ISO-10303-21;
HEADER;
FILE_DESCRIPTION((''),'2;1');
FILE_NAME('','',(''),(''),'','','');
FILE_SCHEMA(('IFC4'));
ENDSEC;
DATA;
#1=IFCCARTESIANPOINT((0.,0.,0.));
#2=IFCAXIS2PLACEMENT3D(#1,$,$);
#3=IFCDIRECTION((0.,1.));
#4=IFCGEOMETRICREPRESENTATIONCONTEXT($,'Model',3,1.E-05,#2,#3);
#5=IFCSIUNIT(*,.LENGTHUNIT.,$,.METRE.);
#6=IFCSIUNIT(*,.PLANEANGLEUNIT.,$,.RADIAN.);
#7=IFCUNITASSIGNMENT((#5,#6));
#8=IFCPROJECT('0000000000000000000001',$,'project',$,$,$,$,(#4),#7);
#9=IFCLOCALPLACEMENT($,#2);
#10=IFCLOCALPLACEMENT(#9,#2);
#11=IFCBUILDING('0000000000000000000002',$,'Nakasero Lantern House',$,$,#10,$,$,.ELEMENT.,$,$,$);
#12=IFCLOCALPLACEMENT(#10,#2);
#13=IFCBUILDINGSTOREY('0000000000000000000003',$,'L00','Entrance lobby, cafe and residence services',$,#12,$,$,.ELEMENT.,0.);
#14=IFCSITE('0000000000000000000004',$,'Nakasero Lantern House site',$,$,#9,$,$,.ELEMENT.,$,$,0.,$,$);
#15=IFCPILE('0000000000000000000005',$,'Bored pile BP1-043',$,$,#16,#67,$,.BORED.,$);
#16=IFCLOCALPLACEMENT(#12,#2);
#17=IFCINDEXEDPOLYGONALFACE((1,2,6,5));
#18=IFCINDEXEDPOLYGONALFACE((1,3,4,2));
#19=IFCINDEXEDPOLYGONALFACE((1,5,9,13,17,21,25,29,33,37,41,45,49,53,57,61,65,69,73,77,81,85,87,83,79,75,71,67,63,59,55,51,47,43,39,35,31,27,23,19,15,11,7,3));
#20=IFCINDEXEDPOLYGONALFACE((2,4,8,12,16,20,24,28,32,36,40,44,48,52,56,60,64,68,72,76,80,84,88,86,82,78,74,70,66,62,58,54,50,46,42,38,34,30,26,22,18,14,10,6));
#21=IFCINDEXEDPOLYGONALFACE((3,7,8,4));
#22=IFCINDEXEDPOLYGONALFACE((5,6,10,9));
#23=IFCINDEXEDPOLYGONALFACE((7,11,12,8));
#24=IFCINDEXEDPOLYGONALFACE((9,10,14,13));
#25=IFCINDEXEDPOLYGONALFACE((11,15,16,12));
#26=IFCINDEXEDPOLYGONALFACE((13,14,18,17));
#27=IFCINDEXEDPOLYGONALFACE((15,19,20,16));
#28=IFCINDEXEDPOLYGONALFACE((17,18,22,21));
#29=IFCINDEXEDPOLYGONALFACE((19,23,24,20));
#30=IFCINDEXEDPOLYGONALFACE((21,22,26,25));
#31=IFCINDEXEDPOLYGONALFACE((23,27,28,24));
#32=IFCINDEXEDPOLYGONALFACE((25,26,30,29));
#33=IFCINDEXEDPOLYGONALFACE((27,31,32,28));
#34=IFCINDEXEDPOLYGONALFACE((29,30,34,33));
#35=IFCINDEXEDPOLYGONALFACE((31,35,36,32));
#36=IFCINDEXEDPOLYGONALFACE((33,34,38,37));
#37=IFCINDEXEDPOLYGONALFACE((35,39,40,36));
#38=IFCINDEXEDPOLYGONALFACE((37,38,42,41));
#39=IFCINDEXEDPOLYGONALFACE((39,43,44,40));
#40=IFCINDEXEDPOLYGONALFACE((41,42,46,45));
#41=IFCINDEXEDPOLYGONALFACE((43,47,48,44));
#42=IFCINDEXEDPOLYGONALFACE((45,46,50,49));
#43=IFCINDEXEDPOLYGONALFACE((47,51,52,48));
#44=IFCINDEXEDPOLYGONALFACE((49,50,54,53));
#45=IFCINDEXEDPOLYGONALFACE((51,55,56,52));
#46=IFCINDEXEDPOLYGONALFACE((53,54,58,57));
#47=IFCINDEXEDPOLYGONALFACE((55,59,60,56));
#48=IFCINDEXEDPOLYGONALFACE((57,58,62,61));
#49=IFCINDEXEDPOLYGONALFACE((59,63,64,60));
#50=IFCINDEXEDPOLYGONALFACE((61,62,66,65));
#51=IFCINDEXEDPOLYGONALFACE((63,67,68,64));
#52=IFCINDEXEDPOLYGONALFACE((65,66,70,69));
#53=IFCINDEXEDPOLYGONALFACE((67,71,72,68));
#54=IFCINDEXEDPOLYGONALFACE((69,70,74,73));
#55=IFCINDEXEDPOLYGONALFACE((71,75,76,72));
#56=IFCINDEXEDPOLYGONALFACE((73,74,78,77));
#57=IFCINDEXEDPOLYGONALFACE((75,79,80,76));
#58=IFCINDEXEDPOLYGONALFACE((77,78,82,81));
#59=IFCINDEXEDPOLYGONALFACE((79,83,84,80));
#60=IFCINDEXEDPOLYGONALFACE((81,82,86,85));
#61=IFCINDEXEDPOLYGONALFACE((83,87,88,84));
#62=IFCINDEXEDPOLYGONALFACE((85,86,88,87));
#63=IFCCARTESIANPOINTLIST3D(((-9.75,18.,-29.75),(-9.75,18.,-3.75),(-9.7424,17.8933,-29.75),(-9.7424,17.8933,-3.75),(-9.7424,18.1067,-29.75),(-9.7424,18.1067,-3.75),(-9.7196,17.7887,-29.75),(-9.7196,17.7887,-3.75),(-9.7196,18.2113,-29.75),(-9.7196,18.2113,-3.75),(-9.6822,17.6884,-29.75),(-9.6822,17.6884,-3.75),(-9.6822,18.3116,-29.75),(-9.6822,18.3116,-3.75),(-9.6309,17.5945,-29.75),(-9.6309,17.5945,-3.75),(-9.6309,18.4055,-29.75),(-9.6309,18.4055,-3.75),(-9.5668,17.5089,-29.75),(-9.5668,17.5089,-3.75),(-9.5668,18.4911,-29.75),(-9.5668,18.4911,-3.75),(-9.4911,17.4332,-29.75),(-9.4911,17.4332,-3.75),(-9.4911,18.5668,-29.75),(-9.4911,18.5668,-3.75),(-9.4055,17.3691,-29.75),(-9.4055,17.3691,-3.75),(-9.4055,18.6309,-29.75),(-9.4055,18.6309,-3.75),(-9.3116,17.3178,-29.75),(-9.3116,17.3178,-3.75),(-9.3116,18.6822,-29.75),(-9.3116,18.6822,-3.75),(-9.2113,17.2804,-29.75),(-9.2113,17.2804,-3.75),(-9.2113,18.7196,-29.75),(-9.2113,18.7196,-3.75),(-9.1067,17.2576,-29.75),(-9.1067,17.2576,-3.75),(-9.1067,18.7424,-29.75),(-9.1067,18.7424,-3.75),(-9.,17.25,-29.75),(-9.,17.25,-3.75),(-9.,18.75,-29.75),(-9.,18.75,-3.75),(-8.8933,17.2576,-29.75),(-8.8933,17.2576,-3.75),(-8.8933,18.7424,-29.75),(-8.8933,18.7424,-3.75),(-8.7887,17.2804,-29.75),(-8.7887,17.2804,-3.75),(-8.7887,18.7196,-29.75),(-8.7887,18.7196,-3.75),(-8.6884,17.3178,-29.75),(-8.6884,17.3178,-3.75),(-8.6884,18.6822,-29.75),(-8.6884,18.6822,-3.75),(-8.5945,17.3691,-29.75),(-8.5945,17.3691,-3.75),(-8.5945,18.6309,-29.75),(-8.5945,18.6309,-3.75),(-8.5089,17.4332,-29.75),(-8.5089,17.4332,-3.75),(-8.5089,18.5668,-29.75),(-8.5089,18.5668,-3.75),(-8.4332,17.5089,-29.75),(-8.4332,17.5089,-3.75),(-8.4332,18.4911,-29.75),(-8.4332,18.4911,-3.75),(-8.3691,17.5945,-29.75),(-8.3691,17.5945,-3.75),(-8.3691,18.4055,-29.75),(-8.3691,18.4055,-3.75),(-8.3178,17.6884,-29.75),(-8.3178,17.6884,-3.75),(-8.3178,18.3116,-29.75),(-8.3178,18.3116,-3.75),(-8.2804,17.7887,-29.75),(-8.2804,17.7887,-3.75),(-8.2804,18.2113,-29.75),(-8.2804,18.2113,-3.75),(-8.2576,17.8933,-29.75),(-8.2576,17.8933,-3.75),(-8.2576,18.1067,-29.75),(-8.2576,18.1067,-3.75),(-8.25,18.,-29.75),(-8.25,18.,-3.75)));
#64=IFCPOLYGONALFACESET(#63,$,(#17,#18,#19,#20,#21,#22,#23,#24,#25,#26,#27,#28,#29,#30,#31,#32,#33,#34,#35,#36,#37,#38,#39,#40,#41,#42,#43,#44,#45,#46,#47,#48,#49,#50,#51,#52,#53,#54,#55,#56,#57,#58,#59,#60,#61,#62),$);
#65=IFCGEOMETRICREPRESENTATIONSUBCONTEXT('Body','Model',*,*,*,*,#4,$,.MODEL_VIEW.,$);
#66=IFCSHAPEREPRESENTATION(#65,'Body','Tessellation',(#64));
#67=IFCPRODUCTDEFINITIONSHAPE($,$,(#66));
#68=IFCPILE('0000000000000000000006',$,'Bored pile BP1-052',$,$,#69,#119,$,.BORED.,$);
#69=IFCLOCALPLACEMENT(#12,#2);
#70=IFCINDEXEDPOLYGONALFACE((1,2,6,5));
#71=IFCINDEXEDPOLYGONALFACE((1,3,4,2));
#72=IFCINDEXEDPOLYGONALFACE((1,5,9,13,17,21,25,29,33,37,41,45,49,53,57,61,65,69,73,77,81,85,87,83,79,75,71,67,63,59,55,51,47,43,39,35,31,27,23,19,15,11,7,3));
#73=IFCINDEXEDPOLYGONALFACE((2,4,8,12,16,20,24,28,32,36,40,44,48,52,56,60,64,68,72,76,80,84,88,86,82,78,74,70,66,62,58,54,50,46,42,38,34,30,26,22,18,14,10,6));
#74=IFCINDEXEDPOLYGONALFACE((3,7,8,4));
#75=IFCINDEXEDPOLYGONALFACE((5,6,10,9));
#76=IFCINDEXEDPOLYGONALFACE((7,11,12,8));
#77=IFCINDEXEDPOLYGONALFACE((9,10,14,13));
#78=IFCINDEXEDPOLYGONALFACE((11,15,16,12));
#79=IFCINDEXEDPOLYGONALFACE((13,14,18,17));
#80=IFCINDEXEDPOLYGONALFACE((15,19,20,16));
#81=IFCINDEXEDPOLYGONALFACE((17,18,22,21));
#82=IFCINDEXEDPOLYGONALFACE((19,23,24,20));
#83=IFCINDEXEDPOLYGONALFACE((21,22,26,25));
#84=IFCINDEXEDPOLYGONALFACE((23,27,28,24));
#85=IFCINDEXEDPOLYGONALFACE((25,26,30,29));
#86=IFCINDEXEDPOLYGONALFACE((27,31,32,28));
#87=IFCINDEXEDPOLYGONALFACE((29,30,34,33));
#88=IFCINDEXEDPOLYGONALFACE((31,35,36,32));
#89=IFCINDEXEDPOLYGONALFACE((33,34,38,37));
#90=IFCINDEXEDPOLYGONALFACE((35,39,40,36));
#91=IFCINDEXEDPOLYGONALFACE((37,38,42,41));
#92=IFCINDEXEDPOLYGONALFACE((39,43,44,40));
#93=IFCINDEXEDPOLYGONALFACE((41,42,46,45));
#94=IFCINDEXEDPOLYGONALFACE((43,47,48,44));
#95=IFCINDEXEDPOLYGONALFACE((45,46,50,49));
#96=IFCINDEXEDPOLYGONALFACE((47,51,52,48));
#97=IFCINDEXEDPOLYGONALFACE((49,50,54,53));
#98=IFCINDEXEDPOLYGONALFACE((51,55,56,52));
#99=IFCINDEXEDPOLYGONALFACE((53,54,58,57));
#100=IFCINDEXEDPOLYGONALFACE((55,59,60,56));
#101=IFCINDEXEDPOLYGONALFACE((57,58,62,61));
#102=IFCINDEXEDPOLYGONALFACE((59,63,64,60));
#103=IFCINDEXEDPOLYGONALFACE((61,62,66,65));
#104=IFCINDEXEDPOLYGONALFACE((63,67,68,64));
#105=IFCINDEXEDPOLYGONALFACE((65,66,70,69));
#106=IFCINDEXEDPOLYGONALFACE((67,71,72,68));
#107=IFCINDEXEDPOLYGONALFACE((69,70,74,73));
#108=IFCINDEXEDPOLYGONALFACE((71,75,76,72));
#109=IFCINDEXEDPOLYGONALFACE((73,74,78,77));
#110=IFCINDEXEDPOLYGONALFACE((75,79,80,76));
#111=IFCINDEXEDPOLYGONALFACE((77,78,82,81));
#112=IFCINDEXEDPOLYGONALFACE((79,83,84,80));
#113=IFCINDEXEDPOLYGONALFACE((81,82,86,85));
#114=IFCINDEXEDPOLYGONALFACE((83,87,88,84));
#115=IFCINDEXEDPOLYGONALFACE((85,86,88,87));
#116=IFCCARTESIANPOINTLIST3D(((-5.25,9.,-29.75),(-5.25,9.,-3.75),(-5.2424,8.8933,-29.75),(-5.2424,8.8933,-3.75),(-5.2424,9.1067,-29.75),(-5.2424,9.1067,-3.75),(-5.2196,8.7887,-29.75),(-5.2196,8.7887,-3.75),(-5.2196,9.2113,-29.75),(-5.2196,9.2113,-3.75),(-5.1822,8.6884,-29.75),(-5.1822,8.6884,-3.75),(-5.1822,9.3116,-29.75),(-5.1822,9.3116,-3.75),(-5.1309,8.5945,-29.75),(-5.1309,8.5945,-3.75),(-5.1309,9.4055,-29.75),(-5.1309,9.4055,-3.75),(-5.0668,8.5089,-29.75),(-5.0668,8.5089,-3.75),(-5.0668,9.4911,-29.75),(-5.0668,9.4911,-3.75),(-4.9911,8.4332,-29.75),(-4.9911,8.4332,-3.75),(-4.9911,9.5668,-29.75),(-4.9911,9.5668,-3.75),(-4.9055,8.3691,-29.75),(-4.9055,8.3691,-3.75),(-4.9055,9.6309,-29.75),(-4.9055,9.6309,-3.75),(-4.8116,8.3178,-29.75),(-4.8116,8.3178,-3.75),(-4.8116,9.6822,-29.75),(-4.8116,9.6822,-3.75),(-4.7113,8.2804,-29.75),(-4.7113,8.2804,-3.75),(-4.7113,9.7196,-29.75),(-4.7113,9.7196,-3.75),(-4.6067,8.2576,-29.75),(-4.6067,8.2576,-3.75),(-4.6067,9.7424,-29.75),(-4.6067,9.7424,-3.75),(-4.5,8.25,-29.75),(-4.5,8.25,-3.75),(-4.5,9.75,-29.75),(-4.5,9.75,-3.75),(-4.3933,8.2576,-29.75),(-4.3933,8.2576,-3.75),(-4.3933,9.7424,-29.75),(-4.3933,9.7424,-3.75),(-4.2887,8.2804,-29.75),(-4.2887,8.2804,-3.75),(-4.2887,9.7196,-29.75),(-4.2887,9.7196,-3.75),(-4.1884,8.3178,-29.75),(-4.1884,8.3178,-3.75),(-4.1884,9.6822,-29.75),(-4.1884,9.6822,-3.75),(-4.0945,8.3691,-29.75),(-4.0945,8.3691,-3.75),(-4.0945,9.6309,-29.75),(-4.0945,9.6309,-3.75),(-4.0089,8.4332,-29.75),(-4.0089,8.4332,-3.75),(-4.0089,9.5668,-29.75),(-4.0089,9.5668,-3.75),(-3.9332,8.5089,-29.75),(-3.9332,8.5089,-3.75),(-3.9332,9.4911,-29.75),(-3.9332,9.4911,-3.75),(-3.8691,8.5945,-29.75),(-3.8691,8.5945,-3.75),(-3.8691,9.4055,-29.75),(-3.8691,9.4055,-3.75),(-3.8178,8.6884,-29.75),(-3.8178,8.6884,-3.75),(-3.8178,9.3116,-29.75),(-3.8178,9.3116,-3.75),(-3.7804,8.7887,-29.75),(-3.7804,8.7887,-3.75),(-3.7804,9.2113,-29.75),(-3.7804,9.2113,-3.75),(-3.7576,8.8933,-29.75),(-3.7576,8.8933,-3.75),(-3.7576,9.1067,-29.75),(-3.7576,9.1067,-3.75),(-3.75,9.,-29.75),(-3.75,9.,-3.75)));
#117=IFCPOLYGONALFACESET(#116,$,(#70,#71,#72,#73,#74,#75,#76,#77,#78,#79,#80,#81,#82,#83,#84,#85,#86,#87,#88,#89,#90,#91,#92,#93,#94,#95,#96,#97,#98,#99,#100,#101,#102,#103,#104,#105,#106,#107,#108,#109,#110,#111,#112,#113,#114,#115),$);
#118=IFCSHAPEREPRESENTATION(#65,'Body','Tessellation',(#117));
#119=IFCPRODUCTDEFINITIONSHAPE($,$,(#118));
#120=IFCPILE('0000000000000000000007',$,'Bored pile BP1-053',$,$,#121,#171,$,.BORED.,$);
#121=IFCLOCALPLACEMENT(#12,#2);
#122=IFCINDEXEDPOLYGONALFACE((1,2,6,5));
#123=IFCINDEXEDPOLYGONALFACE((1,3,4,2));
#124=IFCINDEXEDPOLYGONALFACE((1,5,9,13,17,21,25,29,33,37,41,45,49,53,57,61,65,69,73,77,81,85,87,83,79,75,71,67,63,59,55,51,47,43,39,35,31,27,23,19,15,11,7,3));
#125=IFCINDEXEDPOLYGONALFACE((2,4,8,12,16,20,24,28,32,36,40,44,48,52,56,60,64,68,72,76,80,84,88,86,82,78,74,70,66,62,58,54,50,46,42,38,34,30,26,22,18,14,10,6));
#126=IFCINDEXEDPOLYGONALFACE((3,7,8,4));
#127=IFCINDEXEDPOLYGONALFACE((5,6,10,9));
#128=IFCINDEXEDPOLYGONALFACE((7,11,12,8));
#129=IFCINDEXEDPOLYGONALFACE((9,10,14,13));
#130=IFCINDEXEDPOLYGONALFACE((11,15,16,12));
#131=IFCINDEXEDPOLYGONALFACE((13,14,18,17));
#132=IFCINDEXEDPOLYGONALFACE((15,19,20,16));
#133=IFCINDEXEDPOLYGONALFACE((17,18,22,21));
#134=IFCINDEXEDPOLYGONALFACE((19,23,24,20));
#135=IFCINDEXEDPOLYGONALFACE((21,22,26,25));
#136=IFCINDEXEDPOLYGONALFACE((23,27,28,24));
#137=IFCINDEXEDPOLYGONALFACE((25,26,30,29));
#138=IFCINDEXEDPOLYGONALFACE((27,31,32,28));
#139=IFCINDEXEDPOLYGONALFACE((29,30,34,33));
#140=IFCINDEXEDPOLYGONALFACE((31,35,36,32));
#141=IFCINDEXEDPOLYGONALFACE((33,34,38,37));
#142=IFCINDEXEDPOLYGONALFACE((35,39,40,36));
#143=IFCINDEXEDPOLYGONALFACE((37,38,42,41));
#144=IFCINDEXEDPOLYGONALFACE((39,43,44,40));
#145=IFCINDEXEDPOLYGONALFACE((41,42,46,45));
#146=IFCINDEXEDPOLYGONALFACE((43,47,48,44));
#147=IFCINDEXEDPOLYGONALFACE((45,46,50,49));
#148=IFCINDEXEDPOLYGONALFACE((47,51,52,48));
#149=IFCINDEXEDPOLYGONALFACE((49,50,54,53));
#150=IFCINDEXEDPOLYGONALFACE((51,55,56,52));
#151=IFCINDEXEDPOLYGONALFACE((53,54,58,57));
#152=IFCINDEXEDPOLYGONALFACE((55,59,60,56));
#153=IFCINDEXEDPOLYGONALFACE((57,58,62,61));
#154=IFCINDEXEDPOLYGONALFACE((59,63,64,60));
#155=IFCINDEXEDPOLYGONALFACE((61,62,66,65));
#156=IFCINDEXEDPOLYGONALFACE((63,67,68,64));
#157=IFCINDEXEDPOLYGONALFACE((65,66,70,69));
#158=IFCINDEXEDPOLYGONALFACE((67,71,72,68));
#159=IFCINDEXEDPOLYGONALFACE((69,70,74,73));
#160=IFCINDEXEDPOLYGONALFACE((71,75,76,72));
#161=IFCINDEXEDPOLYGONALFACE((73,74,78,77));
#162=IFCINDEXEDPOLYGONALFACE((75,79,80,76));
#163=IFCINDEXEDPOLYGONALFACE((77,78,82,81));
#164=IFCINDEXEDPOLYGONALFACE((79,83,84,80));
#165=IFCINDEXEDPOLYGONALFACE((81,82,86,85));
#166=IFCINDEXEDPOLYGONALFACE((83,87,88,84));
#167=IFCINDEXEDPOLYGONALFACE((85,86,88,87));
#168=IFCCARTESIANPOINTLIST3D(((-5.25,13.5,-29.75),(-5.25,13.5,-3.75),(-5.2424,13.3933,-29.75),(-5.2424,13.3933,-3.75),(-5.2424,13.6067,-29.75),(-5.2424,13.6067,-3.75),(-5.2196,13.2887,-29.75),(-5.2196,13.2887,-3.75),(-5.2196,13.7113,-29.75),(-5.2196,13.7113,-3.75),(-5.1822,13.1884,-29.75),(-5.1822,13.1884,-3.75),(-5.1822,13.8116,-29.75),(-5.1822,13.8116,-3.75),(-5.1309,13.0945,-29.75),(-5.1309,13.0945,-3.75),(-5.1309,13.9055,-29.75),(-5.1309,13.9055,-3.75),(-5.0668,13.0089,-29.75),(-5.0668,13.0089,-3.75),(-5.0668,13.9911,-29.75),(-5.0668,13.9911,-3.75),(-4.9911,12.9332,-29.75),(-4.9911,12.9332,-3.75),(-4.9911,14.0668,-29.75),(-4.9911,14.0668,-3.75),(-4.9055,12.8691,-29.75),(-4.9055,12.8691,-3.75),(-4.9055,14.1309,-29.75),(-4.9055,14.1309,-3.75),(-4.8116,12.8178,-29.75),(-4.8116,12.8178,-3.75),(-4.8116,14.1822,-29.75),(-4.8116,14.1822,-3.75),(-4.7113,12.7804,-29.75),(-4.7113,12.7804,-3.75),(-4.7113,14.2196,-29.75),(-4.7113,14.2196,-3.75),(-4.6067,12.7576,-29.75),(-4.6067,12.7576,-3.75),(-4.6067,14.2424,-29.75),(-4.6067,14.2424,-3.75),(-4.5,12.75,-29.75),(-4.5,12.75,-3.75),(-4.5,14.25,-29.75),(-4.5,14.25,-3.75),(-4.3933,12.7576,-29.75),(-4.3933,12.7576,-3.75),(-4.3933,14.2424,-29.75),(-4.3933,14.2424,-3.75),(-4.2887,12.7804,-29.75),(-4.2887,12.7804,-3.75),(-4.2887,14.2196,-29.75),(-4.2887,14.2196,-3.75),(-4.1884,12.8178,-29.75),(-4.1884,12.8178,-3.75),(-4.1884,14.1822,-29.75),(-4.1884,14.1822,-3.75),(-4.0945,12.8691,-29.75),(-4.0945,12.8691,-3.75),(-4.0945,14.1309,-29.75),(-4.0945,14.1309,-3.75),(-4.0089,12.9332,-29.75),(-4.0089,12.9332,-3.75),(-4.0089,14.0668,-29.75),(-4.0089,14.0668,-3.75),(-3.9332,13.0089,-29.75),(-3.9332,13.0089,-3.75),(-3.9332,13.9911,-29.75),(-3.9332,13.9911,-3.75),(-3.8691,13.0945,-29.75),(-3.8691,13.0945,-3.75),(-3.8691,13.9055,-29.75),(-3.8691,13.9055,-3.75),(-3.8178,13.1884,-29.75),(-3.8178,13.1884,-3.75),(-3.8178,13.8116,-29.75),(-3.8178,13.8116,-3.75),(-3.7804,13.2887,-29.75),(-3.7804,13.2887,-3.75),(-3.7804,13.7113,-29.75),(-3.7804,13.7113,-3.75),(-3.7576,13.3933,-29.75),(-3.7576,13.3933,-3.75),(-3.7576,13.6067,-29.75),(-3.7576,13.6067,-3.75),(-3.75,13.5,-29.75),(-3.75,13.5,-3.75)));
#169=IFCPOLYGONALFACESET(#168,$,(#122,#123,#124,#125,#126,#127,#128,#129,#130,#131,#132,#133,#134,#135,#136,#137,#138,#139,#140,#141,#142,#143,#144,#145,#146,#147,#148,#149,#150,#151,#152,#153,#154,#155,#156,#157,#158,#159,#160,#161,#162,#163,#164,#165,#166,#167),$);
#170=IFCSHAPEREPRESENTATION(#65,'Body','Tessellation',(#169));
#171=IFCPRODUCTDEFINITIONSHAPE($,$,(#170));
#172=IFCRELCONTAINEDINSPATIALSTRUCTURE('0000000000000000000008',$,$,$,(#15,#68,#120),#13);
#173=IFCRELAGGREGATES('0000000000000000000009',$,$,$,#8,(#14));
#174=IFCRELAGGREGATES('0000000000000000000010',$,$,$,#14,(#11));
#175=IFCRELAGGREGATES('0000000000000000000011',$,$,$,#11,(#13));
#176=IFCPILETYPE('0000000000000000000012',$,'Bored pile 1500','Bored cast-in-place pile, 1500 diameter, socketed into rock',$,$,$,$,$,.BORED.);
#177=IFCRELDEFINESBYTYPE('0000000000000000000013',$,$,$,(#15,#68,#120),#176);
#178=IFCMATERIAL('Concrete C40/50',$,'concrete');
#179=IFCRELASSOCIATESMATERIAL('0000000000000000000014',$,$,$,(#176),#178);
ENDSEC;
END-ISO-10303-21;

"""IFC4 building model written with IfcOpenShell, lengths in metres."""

from ifc_helpers import new_model, si_unit, direction, frame, origin, origin_2d, place, context, subcontext, project, spatial, circle, extrude, material, type_object, element, save


model = new_model("IFC4")

# Units and contexts
model_context = context("Model", 3, precision=1e-05, world=origin(), true_north=direction((0.0, 1.0)))
body_context = subcontext(model_context, "Body", "Model", "MODEL_VIEW")
ifc_project = project(units=[si_unit("LENGTHUNIT", "METRE"), si_unit("PLANEANGLEUNIT", "RADIAN")], contexts=[model_context])

# Site, building, storey
site_placement = place(None, origin())
site = spatial("IfcSite", under=ifc_project, at=site_placement, Name="Nakasero Lantern House site", CompositionType="ELEMENT", RefElevation=0.0)
building_placement = place(site_placement, origin())
building = spatial("IfcBuilding", under=site, at=building_placement, Name="Nakasero Lantern House", CompositionType="ELEMENT")
storey_placement = place(building_placement, origin())
storey = spatial("IfcBuildingStorey", under=building, at=storey_placement, Name="L00", Description="Entrance lobby, cafe and residence services", CompositionType="ELEMENT", Elevation=0.0)

# Piles
ifc_material_1 = material(Name="Concrete C40/50", Category="concrete")
pile_type = type_object("IfcPileType", Name="Bored pile 1500", Description="Bored cast-in-place pile, 1500 diameter, socketed into rock", PredefinedType="BORED", material=ifc_material_1)
for number, where, z_axis, x_axis, name in (
    (1, (-9.0, 18.0, -3.75), (0.0, 0.0, -1.0), (1.0, 0.0, 0.0), "Bored pile BP1-043"),
    (2, (-4.5, 9.0, -3.75), (0.0, 0.0, -1.0), (1.0, 0.0, 0.0), "Bored pile BP1-052"),
    (3, (-4.5, 13.5, -3.75), (0.0, 0.0, -1.0), (1.0, 0.0, 0.0), "Bored pile BP1-053"),
):
    element("IfcPile", number, at=place(storey_placement, frame(where, z_axis=z_axis, x_axis=x_axis)), inside=storey, type_object=pile_type, Name=name, PredefinedType="BORED", context=body_context, shape_type="SweptSolid", body=[
        extrude(circle(Radius=0.75, at=origin_2d()), origin(), (0.0, 0.0, 1.0), 26.0),
    ])

save(model, "model.ifc")
